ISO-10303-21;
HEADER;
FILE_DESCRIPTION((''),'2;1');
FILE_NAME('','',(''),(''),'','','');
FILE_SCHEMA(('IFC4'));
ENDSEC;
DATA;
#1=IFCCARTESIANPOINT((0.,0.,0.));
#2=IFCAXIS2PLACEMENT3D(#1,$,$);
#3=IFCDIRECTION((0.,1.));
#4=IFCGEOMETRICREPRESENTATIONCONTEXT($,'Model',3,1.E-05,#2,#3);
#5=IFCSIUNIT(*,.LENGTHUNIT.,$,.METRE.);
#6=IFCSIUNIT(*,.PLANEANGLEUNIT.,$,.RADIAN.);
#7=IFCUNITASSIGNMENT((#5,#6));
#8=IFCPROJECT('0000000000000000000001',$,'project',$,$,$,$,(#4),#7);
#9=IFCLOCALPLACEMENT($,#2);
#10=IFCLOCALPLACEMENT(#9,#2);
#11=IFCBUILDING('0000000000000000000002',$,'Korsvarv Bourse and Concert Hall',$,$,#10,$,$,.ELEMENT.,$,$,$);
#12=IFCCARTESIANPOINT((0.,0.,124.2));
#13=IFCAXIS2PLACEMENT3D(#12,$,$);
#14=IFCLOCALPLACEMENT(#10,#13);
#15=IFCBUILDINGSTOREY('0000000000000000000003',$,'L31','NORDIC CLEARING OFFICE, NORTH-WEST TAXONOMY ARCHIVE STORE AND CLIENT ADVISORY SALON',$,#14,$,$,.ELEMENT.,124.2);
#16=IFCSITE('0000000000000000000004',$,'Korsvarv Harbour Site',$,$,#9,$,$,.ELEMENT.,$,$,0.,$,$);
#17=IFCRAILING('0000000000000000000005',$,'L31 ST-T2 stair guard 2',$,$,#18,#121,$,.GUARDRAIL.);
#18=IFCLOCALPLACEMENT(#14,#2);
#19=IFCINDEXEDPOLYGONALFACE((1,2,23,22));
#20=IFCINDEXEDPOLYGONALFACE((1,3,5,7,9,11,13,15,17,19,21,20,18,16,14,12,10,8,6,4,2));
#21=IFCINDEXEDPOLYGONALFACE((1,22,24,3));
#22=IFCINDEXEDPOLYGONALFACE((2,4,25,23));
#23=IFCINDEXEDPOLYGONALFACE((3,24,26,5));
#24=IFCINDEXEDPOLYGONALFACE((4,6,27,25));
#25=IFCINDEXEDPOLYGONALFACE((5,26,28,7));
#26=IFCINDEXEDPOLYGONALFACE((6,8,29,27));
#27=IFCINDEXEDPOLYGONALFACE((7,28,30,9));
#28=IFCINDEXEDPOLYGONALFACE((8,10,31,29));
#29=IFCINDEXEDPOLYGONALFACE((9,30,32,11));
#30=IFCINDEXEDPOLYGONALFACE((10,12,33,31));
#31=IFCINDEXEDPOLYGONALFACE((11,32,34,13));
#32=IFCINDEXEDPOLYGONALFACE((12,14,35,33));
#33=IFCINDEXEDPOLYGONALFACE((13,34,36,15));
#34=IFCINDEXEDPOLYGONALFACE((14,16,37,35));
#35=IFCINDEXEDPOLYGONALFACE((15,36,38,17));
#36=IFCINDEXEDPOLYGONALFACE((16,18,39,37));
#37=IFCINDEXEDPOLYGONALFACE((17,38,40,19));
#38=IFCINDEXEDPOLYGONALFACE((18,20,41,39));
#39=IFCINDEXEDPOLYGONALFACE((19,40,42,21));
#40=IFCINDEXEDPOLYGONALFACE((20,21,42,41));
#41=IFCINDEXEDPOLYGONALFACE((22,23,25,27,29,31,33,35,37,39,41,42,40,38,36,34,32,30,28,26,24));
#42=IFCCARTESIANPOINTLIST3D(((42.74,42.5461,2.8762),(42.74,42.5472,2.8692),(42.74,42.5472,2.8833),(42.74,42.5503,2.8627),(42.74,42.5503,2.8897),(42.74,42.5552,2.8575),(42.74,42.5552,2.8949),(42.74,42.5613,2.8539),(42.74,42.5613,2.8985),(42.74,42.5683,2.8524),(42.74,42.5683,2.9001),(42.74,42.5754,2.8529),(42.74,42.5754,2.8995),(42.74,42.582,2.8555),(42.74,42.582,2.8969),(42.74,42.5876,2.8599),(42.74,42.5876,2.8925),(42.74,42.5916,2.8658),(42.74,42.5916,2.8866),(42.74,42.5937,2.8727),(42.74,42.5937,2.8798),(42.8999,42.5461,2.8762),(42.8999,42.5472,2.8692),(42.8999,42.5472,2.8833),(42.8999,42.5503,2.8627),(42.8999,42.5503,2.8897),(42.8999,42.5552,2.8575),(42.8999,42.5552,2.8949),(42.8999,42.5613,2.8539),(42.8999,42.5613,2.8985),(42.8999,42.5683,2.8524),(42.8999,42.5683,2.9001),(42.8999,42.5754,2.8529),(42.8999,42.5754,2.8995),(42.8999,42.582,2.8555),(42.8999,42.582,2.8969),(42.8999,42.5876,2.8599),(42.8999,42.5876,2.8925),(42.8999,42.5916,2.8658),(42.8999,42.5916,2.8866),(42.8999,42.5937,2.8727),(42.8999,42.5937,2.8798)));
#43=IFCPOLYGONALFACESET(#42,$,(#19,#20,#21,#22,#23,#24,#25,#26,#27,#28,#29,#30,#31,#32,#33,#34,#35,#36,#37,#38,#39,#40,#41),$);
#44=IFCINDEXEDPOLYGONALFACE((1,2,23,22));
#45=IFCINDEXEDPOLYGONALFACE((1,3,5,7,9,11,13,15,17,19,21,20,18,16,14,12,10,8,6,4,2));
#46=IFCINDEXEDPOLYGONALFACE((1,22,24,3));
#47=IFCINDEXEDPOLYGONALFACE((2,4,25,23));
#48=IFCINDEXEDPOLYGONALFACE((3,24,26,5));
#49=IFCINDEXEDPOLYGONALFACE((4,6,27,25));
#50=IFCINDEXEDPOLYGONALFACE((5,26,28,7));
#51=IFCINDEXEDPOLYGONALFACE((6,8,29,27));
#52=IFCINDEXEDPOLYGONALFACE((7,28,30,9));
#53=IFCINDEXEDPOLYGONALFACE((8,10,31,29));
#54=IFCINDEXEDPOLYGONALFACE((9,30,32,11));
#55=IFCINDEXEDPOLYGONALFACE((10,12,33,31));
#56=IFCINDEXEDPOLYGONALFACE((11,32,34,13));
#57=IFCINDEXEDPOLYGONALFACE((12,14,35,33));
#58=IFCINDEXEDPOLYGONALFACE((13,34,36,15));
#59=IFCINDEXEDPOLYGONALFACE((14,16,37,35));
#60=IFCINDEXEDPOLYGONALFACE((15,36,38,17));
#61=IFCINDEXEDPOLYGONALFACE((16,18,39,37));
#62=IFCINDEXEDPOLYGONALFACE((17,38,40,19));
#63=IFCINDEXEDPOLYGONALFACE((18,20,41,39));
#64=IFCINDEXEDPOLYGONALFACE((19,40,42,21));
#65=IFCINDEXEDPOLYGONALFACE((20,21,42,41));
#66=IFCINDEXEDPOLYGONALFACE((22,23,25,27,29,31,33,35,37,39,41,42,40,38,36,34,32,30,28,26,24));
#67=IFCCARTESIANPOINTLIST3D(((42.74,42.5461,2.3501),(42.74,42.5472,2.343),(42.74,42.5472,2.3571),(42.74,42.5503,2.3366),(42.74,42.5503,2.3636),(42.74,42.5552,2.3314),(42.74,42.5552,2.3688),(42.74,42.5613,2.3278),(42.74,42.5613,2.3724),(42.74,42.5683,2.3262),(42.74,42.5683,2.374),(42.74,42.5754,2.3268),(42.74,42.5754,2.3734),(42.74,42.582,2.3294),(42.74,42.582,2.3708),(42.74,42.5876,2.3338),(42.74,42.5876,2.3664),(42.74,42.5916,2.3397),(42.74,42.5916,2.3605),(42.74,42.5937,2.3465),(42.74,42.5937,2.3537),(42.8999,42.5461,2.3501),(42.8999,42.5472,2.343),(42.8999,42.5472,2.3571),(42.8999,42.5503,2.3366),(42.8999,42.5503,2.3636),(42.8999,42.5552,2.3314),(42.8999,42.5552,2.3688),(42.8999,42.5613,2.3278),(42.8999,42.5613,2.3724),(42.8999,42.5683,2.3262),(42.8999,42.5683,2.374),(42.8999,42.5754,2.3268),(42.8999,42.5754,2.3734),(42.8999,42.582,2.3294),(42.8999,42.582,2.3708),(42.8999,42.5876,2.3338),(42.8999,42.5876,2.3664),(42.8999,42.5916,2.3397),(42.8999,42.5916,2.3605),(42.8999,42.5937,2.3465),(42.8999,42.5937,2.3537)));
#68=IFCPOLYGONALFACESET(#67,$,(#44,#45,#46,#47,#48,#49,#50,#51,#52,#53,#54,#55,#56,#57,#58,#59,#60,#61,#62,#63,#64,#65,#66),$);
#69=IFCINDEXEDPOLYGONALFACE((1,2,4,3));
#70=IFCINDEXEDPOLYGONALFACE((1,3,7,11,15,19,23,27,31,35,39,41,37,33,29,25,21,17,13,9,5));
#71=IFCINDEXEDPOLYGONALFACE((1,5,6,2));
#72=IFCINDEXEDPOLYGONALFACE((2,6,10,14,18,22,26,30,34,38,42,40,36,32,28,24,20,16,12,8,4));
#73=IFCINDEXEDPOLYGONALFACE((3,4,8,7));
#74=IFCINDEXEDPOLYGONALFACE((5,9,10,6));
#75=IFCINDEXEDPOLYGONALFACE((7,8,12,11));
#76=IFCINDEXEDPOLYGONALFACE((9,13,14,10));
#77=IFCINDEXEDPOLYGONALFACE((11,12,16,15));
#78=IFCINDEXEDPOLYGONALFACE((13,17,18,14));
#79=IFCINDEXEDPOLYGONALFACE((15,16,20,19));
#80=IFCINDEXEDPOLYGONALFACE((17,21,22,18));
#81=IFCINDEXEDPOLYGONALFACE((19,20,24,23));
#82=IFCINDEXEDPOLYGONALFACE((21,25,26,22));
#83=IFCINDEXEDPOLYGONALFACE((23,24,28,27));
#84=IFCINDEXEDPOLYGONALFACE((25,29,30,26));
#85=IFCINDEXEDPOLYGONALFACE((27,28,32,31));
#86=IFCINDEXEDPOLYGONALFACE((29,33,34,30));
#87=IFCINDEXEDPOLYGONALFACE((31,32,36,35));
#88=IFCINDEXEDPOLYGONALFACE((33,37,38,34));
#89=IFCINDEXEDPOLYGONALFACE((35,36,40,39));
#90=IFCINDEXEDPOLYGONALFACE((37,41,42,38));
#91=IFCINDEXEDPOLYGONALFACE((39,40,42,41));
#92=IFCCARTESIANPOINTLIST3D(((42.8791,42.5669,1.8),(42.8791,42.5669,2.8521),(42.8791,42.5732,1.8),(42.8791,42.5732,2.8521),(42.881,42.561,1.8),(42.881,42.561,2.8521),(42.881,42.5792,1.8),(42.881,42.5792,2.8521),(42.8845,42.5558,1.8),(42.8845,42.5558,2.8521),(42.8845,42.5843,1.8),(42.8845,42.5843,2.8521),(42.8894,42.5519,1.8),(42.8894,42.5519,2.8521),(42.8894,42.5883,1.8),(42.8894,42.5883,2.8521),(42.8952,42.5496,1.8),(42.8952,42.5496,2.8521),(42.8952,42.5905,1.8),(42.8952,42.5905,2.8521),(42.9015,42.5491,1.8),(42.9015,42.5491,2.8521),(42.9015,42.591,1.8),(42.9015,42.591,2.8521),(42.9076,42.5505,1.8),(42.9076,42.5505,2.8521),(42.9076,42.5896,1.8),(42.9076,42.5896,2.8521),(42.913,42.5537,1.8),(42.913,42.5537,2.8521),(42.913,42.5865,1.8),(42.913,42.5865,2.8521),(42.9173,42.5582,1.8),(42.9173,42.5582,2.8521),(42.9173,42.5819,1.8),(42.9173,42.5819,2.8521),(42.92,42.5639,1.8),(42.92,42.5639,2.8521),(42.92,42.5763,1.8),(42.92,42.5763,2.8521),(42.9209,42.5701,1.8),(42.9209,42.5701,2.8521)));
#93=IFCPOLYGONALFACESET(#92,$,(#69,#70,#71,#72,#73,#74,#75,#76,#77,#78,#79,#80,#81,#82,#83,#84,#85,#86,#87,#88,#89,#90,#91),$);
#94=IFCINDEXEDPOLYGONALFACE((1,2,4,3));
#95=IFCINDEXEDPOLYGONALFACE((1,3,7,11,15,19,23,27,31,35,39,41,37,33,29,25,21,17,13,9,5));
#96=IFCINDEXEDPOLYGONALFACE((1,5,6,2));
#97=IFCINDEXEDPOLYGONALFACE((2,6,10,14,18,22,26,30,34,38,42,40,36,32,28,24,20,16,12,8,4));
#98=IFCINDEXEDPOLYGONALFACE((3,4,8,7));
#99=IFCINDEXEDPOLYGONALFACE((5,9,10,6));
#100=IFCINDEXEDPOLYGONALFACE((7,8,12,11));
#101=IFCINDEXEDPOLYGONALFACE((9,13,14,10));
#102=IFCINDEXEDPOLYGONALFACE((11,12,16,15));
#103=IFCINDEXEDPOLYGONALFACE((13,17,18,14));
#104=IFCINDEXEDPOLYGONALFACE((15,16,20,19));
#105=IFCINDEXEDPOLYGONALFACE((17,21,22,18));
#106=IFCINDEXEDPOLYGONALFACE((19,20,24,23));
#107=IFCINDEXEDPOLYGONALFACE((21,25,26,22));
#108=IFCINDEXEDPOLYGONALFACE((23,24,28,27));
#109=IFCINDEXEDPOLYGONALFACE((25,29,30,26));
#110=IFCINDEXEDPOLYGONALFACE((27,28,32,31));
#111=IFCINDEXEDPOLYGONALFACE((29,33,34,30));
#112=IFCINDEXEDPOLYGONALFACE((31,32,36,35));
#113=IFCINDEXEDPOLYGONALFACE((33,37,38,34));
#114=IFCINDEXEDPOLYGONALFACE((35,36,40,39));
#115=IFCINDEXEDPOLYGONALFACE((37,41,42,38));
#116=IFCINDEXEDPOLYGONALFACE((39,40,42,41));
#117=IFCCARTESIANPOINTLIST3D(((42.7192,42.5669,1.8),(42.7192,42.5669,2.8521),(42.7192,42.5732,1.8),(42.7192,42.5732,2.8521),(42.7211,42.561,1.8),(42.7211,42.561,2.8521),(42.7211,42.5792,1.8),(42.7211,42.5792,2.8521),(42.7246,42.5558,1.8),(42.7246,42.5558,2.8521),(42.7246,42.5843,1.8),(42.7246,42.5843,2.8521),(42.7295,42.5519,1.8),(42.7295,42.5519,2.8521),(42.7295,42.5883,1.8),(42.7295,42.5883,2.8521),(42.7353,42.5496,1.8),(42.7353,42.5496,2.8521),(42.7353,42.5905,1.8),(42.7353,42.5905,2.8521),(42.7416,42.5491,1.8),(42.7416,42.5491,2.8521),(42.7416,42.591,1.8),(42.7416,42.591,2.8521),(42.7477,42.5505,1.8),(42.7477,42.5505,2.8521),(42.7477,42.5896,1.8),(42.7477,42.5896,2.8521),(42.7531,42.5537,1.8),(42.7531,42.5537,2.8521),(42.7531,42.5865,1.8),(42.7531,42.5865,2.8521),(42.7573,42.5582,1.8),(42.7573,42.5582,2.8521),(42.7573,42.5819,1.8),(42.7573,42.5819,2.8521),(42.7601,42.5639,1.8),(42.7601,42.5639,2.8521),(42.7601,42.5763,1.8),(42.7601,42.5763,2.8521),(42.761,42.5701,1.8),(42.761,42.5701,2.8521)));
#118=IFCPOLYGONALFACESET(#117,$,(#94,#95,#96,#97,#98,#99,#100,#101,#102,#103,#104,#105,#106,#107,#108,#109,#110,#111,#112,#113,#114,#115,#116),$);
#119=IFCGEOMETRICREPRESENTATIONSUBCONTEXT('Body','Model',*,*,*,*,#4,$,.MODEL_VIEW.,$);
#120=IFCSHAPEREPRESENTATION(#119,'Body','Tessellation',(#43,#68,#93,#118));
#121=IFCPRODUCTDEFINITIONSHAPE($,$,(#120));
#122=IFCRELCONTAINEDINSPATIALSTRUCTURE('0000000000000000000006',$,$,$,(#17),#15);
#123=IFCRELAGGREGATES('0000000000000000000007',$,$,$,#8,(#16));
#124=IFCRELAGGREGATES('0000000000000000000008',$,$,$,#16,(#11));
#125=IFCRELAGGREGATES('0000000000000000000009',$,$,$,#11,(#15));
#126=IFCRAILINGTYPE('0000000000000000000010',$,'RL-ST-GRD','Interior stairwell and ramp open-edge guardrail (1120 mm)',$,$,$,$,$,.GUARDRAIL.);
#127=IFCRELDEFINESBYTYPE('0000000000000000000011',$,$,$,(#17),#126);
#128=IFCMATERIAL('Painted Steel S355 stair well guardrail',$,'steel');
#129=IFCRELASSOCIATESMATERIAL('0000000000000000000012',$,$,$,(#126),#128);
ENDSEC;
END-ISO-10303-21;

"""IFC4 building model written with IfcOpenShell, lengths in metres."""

from ifc_helpers import new_model, si_unit, direction, frame, origin, origin_2d, place, context, subcontext, project, spatial, circle, extrude, material, type_object, element, save


model = new_model("IFC4")

# Units and contexts
model_context = context("Model", 3, precision=1e-05, world=origin(), true_north=direction((0.0, 1.0)))
body_context = subcontext(model_context, "Body", "Model", "MODEL_VIEW")
ifc_project = project(units=[si_unit("LENGTHUNIT", "METRE"), si_unit("PLANEANGLEUNIT", "RADIAN")], contexts=[model_context])

# Site, building, storey
site_placement = place(None, origin())
site = spatial("IfcSite", under=ifc_project, at=site_placement, Name="Korsvarv Harbour Site", CompositionType="ELEMENT", RefElevation=0.0)
building_placement = place(site_placement, origin())
building = spatial("IfcBuilding", under=site, at=building_placement, Name="Korsvarv Bourse and Concert Hall", CompositionType="ELEMENT")
storey_placement = place(building_placement, frame((0.0, 0.0, 124.2)))
storey = spatial("IfcBuildingStorey", under=building, at=storey_placement, Name="L31", Description="NORDIC CLEARING OFFICE, NORTH-WEST TAXONOMY ARCHIVE STORE AND CLIENT ADVISORY SALON", CompositionType="ELEMENT", Elevation=124.2)

# Railing
ifc_material_1 = material(Name="Painted Steel S355 stair well guardrail", Category="steel")
railing_type_1 = type_object("IfcRailingType", Name="RL-ST-GRD", Description="Interior stairwell and ramp open-edge guardrail (1120 mm)", PredefinedType="GUARDRAIL", material=ifc_material_1)
railing_1_placement = place(storey_placement, frame((42.8999, 42.5701, 1.8)))
element("IfcRailing", 1, at=railing_1_placement, inside=storey, type_object=railing_type_1, Name="L31 ST-T2 stair guard 2", PredefinedType="GUARDRAIL", context=body_context, shape_type="SweptSolid", body=[
    extrude(circle(Radius=0.0239, at=origin_2d()), frame((0.0, 0.0, 1.0762), z_axis=(-1.0, 0.0, 0.0), x_axis=(0.0, -1.0, 0.0)), (0.0, 0.0, 1.0), 0.1599),
    extrude(circle(Radius=0.0239, at=origin_2d()), frame((0.0, 0.0, 0.55), z_axis=(-1.0, 0.0, 0.0), x_axis=(0.0, -1.0, 0.0)), (0.0, 0.0, 1.0), 0.1599),
    extrude(circle(Radius=0.021, at=origin_2d()), origin(), (0.0, 0.0, 1.0), 1.052),
    extrude(circle(Radius=0.021, at=origin_2d()), frame((-0.1599, 0.0, 0.0)), (0.0, 0.0, 1.0), 1.052),
])

save(model, "model.ifc")
